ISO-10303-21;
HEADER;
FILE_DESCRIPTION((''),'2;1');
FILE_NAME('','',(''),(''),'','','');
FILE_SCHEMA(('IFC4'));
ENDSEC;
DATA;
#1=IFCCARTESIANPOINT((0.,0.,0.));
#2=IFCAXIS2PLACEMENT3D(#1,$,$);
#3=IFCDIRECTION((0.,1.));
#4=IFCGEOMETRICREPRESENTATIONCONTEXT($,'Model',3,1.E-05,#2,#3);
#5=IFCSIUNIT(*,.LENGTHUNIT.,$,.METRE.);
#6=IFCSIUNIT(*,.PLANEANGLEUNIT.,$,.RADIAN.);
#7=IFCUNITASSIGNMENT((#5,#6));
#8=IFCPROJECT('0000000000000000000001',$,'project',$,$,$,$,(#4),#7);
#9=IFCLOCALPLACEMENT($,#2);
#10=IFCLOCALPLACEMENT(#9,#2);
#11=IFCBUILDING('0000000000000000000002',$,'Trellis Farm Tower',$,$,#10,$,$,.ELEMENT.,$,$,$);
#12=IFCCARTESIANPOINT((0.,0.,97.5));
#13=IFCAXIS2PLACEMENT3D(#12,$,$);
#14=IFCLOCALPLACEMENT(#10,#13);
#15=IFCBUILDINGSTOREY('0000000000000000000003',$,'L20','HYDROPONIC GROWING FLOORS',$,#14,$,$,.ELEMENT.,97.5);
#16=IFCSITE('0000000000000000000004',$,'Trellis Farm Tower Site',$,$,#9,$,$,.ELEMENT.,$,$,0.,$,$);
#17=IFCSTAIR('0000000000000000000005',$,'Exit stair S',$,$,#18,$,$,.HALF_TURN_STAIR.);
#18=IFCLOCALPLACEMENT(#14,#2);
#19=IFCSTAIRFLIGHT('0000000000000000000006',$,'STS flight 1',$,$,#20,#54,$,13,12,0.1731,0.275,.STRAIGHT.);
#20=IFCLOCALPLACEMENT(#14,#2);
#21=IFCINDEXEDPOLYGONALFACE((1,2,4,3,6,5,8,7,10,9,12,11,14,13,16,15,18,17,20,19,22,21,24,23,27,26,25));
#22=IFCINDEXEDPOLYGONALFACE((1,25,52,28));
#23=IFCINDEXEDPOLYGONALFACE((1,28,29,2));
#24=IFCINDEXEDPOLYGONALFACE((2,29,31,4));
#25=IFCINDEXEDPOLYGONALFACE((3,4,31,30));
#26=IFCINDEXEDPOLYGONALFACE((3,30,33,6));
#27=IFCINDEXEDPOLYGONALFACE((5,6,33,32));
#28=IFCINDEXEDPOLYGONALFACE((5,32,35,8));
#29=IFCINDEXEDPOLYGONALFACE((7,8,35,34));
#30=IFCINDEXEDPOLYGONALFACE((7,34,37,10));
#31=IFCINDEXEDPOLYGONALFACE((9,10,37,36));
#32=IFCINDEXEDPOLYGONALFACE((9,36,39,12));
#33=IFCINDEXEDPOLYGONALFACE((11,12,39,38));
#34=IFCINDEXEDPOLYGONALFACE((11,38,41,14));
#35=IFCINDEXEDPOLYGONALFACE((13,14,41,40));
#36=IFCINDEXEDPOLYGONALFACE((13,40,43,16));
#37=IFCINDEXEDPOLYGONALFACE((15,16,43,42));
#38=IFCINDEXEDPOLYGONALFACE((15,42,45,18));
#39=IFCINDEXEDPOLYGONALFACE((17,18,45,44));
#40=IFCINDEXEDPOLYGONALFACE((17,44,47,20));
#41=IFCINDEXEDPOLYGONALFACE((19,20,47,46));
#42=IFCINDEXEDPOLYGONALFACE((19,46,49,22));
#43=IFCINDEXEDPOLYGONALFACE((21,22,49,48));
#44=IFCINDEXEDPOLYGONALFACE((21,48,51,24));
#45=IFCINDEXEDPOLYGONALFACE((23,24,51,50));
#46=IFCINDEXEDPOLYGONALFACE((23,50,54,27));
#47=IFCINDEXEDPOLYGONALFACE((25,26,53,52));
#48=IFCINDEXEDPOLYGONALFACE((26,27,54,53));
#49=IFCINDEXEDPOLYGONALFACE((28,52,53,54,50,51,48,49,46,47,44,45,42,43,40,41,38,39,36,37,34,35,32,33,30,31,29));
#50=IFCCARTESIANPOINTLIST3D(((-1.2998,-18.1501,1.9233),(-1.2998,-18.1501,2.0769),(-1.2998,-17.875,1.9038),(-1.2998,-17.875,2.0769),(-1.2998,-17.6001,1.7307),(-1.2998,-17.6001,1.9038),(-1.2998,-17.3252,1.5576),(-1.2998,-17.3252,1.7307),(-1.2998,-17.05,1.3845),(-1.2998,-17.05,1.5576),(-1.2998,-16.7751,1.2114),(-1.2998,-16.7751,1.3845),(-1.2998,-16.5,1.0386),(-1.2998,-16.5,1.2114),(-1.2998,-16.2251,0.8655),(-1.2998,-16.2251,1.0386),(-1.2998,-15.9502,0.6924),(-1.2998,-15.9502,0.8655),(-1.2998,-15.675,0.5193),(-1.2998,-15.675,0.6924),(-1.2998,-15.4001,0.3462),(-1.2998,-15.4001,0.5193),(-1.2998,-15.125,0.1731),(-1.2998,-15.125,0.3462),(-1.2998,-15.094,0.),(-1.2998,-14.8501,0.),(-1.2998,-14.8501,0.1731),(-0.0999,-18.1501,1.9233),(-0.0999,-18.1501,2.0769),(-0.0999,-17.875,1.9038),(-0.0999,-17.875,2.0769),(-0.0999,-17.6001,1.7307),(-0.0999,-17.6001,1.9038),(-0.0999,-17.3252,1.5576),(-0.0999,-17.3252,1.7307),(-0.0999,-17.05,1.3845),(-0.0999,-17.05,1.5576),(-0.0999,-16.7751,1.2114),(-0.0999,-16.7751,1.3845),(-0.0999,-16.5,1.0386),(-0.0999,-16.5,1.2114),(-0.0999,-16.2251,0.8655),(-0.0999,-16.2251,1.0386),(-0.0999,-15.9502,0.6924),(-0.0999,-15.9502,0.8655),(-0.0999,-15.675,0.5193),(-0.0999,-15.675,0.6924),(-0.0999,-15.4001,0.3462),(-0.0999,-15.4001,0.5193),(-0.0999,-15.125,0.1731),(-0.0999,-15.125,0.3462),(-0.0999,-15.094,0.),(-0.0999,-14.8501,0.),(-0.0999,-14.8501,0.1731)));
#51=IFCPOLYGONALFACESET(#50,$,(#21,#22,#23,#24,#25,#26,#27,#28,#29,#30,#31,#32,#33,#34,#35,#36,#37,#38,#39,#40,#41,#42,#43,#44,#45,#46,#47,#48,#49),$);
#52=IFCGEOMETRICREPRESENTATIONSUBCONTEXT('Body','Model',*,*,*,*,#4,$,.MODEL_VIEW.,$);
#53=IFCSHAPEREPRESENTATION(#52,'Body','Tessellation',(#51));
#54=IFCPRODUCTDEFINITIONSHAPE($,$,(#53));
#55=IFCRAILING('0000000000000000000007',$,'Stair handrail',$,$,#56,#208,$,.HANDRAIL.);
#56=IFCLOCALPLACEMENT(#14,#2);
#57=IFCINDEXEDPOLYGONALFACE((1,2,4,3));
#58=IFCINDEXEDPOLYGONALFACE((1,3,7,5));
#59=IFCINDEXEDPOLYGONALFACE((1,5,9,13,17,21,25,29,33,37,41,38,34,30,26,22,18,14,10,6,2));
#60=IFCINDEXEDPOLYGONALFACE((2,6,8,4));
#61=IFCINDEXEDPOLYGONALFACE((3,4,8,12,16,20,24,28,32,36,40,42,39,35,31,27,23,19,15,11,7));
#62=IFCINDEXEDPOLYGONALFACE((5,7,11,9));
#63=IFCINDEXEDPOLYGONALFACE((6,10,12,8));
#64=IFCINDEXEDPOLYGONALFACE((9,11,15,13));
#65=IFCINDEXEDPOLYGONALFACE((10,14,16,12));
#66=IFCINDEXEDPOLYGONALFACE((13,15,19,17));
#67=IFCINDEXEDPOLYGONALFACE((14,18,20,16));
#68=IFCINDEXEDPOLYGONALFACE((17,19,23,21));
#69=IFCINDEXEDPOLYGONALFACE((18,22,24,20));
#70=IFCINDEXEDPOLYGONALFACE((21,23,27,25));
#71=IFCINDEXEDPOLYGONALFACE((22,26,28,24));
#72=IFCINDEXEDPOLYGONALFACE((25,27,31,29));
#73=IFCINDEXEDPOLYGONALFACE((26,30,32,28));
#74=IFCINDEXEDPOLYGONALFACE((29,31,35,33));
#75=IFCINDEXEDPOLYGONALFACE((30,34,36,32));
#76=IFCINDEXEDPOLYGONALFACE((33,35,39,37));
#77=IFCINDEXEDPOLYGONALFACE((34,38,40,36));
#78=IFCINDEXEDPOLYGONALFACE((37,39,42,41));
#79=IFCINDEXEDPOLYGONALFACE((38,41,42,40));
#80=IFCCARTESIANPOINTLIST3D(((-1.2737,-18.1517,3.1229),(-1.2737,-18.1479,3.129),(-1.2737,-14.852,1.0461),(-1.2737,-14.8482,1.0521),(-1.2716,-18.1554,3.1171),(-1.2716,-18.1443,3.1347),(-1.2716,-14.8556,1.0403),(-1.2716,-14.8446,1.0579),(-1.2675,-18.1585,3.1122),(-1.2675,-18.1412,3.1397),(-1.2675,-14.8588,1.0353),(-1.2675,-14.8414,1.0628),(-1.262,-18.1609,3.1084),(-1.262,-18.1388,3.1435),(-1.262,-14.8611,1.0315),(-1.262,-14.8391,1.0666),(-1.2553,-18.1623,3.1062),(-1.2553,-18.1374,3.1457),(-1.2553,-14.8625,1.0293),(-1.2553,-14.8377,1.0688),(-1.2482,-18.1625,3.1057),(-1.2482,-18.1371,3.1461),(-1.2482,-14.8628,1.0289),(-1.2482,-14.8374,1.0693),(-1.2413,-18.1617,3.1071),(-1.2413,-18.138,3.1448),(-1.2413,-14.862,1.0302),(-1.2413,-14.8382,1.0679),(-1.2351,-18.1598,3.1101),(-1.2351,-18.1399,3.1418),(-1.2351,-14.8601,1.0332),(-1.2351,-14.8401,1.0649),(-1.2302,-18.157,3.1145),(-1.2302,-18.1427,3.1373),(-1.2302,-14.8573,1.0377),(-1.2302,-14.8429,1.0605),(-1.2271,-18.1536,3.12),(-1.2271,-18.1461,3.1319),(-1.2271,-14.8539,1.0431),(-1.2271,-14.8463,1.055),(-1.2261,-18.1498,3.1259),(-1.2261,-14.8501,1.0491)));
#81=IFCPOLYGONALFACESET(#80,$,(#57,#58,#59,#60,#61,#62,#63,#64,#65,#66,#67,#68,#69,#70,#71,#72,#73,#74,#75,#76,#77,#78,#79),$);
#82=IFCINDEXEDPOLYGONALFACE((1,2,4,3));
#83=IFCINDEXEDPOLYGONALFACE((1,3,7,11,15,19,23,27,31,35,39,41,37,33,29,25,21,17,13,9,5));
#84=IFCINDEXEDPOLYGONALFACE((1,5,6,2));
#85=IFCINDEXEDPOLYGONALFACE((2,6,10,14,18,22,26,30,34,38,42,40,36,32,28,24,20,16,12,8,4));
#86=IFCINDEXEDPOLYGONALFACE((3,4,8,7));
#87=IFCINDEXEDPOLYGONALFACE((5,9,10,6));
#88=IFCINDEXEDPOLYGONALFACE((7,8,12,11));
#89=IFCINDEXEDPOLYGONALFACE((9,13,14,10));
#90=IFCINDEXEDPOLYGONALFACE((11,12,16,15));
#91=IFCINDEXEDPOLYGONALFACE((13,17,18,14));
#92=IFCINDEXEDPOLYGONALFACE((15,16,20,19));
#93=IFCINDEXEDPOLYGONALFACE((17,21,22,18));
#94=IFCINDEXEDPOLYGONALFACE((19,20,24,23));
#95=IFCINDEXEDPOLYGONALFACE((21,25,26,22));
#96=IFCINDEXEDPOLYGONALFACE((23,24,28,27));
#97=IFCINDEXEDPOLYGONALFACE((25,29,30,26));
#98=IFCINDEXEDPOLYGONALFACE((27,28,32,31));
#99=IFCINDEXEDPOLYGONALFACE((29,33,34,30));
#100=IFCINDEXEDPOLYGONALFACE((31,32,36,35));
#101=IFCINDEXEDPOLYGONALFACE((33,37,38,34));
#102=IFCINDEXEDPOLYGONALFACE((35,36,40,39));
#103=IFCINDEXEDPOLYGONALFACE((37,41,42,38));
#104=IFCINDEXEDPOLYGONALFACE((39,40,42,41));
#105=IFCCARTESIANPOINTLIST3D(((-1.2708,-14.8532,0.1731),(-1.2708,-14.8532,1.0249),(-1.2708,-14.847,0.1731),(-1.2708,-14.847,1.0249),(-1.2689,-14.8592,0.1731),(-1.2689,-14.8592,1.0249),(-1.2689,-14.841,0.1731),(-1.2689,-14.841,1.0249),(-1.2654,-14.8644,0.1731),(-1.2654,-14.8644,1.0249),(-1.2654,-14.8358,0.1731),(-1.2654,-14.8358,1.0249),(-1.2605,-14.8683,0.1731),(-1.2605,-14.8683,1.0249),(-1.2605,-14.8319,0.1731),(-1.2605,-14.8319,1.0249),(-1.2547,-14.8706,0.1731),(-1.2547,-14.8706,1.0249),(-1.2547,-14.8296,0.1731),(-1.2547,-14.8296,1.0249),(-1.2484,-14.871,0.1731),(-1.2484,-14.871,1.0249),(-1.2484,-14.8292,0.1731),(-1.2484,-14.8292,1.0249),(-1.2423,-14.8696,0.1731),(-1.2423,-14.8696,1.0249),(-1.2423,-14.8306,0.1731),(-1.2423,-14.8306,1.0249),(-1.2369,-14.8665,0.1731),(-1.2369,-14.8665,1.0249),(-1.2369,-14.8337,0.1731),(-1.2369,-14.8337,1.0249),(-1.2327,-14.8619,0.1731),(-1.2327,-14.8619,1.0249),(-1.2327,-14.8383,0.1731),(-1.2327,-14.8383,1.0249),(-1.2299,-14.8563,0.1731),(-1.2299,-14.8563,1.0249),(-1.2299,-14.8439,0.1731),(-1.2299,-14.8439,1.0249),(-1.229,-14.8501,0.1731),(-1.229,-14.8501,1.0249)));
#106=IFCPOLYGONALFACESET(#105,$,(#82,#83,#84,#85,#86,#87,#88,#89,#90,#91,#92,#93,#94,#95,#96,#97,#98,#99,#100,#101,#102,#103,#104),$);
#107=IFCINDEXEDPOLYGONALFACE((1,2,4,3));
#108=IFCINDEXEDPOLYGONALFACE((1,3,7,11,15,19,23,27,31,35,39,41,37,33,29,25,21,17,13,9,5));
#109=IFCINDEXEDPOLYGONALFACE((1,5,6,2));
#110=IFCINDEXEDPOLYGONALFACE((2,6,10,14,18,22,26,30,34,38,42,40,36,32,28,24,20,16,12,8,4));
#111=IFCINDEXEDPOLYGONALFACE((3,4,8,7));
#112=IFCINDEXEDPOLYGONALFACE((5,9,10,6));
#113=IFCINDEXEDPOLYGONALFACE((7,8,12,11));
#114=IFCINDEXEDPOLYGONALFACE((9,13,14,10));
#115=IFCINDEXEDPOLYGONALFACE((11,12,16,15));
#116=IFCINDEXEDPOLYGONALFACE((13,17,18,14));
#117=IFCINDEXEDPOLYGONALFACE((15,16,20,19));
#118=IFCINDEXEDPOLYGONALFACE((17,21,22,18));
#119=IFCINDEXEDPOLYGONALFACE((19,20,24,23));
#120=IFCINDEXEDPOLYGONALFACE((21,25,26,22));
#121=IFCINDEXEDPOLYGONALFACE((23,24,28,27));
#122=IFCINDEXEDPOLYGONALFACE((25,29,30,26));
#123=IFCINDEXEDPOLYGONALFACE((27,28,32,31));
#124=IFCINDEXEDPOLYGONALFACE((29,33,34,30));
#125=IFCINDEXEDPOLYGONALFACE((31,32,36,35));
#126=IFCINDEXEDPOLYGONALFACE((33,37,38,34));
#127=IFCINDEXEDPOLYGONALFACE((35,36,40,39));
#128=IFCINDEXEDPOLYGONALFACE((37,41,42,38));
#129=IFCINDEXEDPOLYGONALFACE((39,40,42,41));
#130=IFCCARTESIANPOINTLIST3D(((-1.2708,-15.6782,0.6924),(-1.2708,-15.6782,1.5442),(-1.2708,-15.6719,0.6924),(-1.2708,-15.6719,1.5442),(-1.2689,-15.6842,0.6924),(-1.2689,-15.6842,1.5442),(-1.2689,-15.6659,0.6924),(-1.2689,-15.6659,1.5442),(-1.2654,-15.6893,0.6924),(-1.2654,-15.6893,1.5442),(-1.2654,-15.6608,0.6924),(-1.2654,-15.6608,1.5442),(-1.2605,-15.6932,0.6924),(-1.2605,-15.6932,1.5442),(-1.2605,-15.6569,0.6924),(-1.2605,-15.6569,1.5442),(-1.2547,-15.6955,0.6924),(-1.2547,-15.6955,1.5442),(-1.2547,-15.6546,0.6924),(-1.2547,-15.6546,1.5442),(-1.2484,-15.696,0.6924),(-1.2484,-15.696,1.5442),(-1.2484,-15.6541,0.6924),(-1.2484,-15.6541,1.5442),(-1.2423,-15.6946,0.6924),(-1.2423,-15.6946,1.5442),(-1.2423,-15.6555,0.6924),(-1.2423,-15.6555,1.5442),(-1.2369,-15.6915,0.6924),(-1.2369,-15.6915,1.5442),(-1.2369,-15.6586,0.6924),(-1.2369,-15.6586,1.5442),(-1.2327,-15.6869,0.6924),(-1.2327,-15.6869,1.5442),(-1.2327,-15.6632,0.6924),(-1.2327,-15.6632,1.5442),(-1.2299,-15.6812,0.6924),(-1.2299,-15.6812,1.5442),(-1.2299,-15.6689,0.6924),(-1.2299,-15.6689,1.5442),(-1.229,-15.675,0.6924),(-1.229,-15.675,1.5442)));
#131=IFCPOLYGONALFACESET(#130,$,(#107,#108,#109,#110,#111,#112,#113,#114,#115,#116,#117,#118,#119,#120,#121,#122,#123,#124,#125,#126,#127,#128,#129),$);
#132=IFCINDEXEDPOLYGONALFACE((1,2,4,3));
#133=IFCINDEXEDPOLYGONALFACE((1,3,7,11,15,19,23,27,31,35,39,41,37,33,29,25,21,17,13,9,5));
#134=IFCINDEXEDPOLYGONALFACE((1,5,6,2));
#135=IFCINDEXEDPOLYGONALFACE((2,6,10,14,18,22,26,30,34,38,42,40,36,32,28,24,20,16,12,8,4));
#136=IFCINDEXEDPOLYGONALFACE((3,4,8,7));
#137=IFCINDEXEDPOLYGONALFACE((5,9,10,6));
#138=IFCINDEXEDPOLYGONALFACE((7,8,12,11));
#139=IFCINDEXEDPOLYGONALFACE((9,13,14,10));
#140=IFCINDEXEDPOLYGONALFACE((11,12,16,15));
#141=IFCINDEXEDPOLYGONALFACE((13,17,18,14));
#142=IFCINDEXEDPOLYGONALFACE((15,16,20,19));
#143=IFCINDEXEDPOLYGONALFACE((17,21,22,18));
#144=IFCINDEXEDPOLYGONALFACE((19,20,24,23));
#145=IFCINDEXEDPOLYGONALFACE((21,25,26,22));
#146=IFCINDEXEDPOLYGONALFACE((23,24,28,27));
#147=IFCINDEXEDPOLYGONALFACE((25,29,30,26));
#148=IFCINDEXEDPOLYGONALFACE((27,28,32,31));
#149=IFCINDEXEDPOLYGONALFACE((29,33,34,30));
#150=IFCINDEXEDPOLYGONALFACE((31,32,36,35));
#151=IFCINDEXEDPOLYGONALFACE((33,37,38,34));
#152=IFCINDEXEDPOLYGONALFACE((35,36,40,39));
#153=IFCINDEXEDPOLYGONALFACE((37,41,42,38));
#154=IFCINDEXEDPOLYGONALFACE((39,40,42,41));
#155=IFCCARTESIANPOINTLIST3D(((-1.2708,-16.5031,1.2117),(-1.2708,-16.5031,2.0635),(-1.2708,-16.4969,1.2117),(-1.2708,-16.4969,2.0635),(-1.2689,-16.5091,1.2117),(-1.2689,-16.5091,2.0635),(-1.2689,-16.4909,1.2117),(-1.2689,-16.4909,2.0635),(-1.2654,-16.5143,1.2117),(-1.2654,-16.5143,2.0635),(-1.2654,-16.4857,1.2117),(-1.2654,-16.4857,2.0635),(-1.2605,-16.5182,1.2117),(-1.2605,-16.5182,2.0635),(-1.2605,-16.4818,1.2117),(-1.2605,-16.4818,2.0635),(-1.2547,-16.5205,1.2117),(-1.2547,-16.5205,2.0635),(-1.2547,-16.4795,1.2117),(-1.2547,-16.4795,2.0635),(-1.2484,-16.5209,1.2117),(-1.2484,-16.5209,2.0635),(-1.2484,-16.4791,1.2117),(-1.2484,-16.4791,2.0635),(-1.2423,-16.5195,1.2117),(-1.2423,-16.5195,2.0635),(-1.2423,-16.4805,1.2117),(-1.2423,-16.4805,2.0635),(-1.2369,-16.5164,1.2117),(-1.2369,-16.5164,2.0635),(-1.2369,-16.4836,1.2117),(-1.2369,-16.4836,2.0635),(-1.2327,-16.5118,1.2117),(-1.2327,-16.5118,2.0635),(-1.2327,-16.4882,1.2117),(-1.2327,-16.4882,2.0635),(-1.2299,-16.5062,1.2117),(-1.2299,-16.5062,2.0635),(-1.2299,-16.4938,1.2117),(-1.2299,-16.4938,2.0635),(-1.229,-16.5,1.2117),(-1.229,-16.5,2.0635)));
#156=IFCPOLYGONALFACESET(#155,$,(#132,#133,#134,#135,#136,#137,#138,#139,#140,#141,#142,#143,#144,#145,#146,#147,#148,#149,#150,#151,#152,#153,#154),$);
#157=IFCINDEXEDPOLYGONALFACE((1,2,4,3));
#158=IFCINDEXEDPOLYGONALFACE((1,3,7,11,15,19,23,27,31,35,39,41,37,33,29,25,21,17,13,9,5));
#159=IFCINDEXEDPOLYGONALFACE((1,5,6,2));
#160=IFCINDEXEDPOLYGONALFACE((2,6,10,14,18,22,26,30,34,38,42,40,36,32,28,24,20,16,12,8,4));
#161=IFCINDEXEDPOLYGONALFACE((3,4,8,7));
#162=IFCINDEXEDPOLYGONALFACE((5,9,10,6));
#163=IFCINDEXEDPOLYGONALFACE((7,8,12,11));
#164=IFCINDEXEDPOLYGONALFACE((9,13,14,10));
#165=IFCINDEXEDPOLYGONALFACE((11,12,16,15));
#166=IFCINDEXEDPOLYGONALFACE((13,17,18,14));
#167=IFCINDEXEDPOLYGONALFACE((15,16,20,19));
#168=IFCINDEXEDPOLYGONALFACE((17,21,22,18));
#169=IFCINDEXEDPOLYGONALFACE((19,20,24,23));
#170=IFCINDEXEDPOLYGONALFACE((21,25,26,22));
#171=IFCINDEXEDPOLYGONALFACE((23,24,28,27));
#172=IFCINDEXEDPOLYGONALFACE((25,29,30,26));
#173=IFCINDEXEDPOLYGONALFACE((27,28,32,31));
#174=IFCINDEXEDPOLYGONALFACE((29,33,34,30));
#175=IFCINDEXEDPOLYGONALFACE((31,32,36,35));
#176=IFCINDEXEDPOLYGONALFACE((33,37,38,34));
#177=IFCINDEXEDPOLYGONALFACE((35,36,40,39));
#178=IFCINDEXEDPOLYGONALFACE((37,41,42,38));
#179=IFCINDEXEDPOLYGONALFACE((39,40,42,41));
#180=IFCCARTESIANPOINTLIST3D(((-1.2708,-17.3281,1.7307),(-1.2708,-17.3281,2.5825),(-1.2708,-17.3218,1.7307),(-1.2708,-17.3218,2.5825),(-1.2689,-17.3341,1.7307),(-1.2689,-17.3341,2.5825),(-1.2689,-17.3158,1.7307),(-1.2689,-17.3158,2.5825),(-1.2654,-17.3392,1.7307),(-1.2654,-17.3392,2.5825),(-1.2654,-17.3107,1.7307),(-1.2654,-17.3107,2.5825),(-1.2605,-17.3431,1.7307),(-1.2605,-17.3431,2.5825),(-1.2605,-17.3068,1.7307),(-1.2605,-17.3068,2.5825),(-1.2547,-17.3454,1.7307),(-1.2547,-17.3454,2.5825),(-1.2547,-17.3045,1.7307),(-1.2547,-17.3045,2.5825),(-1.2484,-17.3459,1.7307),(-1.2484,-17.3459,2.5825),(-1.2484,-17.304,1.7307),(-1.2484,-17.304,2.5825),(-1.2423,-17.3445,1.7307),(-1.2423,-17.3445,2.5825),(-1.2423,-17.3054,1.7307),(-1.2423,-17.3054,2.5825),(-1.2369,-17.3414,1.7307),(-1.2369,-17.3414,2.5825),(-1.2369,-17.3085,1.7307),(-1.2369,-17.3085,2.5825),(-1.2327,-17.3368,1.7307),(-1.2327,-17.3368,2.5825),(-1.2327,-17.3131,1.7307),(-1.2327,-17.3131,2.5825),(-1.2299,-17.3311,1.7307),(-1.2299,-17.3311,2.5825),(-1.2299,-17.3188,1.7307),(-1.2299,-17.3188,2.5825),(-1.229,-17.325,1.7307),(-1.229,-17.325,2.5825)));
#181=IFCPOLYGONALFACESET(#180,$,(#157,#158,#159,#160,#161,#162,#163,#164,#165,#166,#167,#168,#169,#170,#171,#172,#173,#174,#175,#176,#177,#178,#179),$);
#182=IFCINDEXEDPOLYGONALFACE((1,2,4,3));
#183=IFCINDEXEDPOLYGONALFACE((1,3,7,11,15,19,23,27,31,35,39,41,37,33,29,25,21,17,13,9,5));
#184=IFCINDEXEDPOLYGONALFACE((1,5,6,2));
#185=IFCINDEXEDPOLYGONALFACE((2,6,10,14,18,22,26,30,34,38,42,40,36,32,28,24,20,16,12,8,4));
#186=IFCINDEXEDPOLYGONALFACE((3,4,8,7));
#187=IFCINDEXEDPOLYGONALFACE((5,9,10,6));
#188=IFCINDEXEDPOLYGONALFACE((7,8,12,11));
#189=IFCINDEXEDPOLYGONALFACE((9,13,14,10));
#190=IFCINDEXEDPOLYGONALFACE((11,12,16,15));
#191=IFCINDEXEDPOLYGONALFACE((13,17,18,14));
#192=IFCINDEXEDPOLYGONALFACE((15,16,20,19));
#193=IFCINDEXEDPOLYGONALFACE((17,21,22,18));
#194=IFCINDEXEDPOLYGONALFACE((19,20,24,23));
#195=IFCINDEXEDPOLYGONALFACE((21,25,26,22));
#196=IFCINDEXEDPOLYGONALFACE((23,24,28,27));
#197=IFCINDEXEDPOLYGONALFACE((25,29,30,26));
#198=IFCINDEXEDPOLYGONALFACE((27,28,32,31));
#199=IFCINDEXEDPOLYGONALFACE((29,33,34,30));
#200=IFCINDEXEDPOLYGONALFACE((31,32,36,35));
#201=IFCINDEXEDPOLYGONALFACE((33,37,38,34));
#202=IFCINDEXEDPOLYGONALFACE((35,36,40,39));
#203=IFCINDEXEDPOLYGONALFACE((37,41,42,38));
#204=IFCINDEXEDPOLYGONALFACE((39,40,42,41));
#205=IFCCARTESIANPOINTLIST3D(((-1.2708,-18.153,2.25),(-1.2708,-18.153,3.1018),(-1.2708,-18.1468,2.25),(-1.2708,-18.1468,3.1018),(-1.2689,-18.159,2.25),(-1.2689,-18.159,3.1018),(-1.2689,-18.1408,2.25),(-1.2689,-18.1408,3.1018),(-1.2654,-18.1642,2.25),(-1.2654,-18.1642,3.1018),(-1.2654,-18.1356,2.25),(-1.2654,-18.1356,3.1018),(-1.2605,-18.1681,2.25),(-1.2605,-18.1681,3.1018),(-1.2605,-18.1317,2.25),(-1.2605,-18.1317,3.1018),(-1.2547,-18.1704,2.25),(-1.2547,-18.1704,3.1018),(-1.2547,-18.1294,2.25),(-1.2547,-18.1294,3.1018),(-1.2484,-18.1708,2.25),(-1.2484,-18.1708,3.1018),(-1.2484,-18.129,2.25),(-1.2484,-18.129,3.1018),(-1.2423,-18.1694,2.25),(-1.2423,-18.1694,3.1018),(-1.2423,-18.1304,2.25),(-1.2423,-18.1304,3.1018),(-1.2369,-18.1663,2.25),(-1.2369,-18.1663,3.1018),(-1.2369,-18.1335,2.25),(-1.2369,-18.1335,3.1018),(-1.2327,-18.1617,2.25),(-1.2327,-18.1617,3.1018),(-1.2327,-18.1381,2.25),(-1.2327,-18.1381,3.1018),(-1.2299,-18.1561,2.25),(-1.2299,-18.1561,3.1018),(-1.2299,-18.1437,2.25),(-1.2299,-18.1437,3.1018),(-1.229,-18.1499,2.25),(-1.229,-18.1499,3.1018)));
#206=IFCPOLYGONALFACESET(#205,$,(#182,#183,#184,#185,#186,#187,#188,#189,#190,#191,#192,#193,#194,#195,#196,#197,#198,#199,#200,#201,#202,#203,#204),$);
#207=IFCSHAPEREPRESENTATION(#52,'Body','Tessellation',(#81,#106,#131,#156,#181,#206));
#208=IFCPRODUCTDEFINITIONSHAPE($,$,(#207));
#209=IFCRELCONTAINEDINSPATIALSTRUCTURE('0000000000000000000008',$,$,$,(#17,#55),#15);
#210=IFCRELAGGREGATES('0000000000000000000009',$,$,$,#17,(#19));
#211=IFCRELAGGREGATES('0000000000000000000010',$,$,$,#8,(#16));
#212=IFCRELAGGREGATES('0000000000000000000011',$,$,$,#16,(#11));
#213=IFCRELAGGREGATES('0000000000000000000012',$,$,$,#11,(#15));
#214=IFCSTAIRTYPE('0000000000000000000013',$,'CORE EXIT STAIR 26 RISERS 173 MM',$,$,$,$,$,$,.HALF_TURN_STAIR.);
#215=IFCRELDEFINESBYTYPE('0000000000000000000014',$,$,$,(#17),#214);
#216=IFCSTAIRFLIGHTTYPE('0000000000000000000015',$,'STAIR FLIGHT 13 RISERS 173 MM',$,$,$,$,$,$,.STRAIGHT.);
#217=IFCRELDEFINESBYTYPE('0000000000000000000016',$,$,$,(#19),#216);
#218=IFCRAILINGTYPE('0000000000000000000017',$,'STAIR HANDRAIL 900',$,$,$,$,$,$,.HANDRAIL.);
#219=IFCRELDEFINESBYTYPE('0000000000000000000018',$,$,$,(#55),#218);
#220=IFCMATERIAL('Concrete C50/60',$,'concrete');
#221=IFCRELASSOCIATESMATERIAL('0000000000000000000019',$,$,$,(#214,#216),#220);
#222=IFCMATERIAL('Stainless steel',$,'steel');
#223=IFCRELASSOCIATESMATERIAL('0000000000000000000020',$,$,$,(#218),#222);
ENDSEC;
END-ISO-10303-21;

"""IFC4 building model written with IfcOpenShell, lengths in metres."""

from ifc_helpers import new_model, si_unit, direction, frame, origin, origin_2d, place, context, subcontext, project, spatial, polyline, circle, outline, extrude, source, transform, mapped, material, type_object, element, aggregate, save


model = new_model("IFC4")

# Units and contexts
model_context = context("Model", 3, precision=1e-05, world=origin(), true_north=direction((0.0, 1.0)))
body_context = subcontext(model_context, "Body", "Model", "MODEL_VIEW")
ifc_project = project(units=[si_unit("LENGTHUNIT", "METRE"), si_unit("PLANEANGLEUNIT", "RADIAN")], contexts=[model_context])

# Site, building, storey
site_placement = place(None, origin())
site = spatial("IfcSite", under=ifc_project, at=site_placement, Name="Trellis Farm Tower Site", CompositionType="ELEMENT", RefElevation=0.0)
building_placement = place(site_placement, origin())
building = spatial("IfcBuilding", under=site, at=building_placement, Name="Trellis Farm Tower", CompositionType="ELEMENT")
storey_placement = place(building_placement, frame((0.0, 0.0, 97.5)))
storey = spatial("IfcBuildingStorey", under=building, at=storey_placement, Name="L20", Description="HYDROPONIC GROWING FLOORS", CompositionType="ELEMENT", Elevation=97.5)

# Shared definitions
placement = place(storey_placement, origin())

# Stair, stair flight
ifc_material_1 = material(Name="Concrete C50/60", Category="concrete")
stair_type = type_object("IfcStairType", Name="CORE EXIT STAIR 26 RISERS 173 MM", PredefinedType="HALF_TURN_STAIR", material=ifc_material_1)
stair = element("IfcStair", 1, at=placement, inside=storey, type_object=stair_type, Name="Exit stair S", PredefinedType="HALF_TURN_STAIR")
stair_flight_type = type_object("IfcStairFlightType", Name="STAIR FLIGHT 13 RISERS 173 MM", PredefinedType="STRAIGHT", material=ifc_material_1)
shared_shape_1 = source(origin(), body_context, "Body", "SweptSolid", [
    extrude(outline(polyline([(0.0, 0.0), (0.0, 0.1731), (0.2749, 0.1731), (0.2749, 0.3462), (0.55, 0.3462), (0.55, 0.5193), (0.825, 0.5193), (0.825, 0.6924), (1.1001, 0.6924), (1.1001, 0.8655), (1.375, 0.8655), (1.375, 1.0386), (1.6499, 1.0386), (1.6499, 1.2114), (1.925, 1.2114), (1.925, 1.3845), (2.2, 1.3845), (2.2, 1.5576), (2.4751, 1.5576), (2.4751, 1.7307), (2.75, 1.7307), (2.75, 1.9038), (3.0249, 1.9038), (3.0249, 2.0769), (3.3, 2.0769), (3.3, 2.25), (3.3, 1.9233), (0.2439, 0.0), (0.0, 0.0)])), frame((0.0, 0.6001, 0.0), z_axis=(0.0, -1.0, 0.0), x_axis=(1.0, 0.0, 0.0)), (0.0, 0.0, 1.0), 1.2),
])
stair_flight_placement = place(storey_placement, frame((-0.7, -14.8501, 0.0), z_axis=(0.0, 0.0, 1.0), x_axis=(0.0, -1.0, 0.0)))
stair_flight = element("IfcStairFlight", 2, at=stair_flight_placement, type_object=stair_flight_type, Name="STS flight 1", NumberOfRisers=13, NumberOfTreads=12, PredefinedType="STRAIGHT", RiserHeight=0.1731, TreadLength=0.275, context=body_context, shape_type="MappedRepresentation", body=[
    mapped(shared_shape_1, transform((0.0, 0.0, 0.0))),
])
aggregate(stair, [stair_flight])

# Railing
ifc_material_2 = material(Name="Stainless steel", Category="steel")
railing_type = type_object("IfcRailingType", Name="STAIR HANDRAIL 900", PredefinedType="HANDRAIL", material=ifc_material_2)
shared_shape_2 = source(origin(), body_context, "Body", "SweptSolid", [
    extrude(circle(Radius=0.0239, at=origin_2d()), frame((0.0, 0.0, 0.876), z_axis=(0.0, -0.84632, 0.532675), x_axis=(1.0, 0.0, 0.0)), (0.0, 0.0, 1.0), 3.8989),
    extrude(circle(Radius=0.021, at=origin_2d()), origin(), (0.0, 0.0, 1.0), 0.8518),
    extrude(circle(Radius=0.021, at=origin_2d()), frame((0.0, -0.825, 0.5193)), (0.0, 0.0, 1.0), 0.8518),
    extrude(circle(Radius=0.021, at=origin_2d()), frame((0.0, -1.6499, 1.0386)), (0.0, 0.0, 1.0), 0.8518),
    extrude(circle(Radius=0.021, at=origin_2d()), frame((0.0, -2.4749, 1.5576)), (0.0, 0.0, 1.0), 0.8518),
    extrude(circle(Radius=0.021, at=origin_2d()), frame((0.0, -3.2998, 2.0769)), (0.0, 0.0, 1.0), 0.8518),
])
railing_placement = place(storey_placement, frame((-1.25, -14.8501, 0.1731)))
element("IfcRailing", 3, at=railing_placement, inside=storey, type_object=railing_type, Name="Stair handrail", PredefinedType="HANDRAIL", context=body_context, shape_type="MappedRepresentation", body=[
    mapped(shared_shape_2, transform((0.0, 0.0, 0.0))),
])

save(model, "model.ifc")
